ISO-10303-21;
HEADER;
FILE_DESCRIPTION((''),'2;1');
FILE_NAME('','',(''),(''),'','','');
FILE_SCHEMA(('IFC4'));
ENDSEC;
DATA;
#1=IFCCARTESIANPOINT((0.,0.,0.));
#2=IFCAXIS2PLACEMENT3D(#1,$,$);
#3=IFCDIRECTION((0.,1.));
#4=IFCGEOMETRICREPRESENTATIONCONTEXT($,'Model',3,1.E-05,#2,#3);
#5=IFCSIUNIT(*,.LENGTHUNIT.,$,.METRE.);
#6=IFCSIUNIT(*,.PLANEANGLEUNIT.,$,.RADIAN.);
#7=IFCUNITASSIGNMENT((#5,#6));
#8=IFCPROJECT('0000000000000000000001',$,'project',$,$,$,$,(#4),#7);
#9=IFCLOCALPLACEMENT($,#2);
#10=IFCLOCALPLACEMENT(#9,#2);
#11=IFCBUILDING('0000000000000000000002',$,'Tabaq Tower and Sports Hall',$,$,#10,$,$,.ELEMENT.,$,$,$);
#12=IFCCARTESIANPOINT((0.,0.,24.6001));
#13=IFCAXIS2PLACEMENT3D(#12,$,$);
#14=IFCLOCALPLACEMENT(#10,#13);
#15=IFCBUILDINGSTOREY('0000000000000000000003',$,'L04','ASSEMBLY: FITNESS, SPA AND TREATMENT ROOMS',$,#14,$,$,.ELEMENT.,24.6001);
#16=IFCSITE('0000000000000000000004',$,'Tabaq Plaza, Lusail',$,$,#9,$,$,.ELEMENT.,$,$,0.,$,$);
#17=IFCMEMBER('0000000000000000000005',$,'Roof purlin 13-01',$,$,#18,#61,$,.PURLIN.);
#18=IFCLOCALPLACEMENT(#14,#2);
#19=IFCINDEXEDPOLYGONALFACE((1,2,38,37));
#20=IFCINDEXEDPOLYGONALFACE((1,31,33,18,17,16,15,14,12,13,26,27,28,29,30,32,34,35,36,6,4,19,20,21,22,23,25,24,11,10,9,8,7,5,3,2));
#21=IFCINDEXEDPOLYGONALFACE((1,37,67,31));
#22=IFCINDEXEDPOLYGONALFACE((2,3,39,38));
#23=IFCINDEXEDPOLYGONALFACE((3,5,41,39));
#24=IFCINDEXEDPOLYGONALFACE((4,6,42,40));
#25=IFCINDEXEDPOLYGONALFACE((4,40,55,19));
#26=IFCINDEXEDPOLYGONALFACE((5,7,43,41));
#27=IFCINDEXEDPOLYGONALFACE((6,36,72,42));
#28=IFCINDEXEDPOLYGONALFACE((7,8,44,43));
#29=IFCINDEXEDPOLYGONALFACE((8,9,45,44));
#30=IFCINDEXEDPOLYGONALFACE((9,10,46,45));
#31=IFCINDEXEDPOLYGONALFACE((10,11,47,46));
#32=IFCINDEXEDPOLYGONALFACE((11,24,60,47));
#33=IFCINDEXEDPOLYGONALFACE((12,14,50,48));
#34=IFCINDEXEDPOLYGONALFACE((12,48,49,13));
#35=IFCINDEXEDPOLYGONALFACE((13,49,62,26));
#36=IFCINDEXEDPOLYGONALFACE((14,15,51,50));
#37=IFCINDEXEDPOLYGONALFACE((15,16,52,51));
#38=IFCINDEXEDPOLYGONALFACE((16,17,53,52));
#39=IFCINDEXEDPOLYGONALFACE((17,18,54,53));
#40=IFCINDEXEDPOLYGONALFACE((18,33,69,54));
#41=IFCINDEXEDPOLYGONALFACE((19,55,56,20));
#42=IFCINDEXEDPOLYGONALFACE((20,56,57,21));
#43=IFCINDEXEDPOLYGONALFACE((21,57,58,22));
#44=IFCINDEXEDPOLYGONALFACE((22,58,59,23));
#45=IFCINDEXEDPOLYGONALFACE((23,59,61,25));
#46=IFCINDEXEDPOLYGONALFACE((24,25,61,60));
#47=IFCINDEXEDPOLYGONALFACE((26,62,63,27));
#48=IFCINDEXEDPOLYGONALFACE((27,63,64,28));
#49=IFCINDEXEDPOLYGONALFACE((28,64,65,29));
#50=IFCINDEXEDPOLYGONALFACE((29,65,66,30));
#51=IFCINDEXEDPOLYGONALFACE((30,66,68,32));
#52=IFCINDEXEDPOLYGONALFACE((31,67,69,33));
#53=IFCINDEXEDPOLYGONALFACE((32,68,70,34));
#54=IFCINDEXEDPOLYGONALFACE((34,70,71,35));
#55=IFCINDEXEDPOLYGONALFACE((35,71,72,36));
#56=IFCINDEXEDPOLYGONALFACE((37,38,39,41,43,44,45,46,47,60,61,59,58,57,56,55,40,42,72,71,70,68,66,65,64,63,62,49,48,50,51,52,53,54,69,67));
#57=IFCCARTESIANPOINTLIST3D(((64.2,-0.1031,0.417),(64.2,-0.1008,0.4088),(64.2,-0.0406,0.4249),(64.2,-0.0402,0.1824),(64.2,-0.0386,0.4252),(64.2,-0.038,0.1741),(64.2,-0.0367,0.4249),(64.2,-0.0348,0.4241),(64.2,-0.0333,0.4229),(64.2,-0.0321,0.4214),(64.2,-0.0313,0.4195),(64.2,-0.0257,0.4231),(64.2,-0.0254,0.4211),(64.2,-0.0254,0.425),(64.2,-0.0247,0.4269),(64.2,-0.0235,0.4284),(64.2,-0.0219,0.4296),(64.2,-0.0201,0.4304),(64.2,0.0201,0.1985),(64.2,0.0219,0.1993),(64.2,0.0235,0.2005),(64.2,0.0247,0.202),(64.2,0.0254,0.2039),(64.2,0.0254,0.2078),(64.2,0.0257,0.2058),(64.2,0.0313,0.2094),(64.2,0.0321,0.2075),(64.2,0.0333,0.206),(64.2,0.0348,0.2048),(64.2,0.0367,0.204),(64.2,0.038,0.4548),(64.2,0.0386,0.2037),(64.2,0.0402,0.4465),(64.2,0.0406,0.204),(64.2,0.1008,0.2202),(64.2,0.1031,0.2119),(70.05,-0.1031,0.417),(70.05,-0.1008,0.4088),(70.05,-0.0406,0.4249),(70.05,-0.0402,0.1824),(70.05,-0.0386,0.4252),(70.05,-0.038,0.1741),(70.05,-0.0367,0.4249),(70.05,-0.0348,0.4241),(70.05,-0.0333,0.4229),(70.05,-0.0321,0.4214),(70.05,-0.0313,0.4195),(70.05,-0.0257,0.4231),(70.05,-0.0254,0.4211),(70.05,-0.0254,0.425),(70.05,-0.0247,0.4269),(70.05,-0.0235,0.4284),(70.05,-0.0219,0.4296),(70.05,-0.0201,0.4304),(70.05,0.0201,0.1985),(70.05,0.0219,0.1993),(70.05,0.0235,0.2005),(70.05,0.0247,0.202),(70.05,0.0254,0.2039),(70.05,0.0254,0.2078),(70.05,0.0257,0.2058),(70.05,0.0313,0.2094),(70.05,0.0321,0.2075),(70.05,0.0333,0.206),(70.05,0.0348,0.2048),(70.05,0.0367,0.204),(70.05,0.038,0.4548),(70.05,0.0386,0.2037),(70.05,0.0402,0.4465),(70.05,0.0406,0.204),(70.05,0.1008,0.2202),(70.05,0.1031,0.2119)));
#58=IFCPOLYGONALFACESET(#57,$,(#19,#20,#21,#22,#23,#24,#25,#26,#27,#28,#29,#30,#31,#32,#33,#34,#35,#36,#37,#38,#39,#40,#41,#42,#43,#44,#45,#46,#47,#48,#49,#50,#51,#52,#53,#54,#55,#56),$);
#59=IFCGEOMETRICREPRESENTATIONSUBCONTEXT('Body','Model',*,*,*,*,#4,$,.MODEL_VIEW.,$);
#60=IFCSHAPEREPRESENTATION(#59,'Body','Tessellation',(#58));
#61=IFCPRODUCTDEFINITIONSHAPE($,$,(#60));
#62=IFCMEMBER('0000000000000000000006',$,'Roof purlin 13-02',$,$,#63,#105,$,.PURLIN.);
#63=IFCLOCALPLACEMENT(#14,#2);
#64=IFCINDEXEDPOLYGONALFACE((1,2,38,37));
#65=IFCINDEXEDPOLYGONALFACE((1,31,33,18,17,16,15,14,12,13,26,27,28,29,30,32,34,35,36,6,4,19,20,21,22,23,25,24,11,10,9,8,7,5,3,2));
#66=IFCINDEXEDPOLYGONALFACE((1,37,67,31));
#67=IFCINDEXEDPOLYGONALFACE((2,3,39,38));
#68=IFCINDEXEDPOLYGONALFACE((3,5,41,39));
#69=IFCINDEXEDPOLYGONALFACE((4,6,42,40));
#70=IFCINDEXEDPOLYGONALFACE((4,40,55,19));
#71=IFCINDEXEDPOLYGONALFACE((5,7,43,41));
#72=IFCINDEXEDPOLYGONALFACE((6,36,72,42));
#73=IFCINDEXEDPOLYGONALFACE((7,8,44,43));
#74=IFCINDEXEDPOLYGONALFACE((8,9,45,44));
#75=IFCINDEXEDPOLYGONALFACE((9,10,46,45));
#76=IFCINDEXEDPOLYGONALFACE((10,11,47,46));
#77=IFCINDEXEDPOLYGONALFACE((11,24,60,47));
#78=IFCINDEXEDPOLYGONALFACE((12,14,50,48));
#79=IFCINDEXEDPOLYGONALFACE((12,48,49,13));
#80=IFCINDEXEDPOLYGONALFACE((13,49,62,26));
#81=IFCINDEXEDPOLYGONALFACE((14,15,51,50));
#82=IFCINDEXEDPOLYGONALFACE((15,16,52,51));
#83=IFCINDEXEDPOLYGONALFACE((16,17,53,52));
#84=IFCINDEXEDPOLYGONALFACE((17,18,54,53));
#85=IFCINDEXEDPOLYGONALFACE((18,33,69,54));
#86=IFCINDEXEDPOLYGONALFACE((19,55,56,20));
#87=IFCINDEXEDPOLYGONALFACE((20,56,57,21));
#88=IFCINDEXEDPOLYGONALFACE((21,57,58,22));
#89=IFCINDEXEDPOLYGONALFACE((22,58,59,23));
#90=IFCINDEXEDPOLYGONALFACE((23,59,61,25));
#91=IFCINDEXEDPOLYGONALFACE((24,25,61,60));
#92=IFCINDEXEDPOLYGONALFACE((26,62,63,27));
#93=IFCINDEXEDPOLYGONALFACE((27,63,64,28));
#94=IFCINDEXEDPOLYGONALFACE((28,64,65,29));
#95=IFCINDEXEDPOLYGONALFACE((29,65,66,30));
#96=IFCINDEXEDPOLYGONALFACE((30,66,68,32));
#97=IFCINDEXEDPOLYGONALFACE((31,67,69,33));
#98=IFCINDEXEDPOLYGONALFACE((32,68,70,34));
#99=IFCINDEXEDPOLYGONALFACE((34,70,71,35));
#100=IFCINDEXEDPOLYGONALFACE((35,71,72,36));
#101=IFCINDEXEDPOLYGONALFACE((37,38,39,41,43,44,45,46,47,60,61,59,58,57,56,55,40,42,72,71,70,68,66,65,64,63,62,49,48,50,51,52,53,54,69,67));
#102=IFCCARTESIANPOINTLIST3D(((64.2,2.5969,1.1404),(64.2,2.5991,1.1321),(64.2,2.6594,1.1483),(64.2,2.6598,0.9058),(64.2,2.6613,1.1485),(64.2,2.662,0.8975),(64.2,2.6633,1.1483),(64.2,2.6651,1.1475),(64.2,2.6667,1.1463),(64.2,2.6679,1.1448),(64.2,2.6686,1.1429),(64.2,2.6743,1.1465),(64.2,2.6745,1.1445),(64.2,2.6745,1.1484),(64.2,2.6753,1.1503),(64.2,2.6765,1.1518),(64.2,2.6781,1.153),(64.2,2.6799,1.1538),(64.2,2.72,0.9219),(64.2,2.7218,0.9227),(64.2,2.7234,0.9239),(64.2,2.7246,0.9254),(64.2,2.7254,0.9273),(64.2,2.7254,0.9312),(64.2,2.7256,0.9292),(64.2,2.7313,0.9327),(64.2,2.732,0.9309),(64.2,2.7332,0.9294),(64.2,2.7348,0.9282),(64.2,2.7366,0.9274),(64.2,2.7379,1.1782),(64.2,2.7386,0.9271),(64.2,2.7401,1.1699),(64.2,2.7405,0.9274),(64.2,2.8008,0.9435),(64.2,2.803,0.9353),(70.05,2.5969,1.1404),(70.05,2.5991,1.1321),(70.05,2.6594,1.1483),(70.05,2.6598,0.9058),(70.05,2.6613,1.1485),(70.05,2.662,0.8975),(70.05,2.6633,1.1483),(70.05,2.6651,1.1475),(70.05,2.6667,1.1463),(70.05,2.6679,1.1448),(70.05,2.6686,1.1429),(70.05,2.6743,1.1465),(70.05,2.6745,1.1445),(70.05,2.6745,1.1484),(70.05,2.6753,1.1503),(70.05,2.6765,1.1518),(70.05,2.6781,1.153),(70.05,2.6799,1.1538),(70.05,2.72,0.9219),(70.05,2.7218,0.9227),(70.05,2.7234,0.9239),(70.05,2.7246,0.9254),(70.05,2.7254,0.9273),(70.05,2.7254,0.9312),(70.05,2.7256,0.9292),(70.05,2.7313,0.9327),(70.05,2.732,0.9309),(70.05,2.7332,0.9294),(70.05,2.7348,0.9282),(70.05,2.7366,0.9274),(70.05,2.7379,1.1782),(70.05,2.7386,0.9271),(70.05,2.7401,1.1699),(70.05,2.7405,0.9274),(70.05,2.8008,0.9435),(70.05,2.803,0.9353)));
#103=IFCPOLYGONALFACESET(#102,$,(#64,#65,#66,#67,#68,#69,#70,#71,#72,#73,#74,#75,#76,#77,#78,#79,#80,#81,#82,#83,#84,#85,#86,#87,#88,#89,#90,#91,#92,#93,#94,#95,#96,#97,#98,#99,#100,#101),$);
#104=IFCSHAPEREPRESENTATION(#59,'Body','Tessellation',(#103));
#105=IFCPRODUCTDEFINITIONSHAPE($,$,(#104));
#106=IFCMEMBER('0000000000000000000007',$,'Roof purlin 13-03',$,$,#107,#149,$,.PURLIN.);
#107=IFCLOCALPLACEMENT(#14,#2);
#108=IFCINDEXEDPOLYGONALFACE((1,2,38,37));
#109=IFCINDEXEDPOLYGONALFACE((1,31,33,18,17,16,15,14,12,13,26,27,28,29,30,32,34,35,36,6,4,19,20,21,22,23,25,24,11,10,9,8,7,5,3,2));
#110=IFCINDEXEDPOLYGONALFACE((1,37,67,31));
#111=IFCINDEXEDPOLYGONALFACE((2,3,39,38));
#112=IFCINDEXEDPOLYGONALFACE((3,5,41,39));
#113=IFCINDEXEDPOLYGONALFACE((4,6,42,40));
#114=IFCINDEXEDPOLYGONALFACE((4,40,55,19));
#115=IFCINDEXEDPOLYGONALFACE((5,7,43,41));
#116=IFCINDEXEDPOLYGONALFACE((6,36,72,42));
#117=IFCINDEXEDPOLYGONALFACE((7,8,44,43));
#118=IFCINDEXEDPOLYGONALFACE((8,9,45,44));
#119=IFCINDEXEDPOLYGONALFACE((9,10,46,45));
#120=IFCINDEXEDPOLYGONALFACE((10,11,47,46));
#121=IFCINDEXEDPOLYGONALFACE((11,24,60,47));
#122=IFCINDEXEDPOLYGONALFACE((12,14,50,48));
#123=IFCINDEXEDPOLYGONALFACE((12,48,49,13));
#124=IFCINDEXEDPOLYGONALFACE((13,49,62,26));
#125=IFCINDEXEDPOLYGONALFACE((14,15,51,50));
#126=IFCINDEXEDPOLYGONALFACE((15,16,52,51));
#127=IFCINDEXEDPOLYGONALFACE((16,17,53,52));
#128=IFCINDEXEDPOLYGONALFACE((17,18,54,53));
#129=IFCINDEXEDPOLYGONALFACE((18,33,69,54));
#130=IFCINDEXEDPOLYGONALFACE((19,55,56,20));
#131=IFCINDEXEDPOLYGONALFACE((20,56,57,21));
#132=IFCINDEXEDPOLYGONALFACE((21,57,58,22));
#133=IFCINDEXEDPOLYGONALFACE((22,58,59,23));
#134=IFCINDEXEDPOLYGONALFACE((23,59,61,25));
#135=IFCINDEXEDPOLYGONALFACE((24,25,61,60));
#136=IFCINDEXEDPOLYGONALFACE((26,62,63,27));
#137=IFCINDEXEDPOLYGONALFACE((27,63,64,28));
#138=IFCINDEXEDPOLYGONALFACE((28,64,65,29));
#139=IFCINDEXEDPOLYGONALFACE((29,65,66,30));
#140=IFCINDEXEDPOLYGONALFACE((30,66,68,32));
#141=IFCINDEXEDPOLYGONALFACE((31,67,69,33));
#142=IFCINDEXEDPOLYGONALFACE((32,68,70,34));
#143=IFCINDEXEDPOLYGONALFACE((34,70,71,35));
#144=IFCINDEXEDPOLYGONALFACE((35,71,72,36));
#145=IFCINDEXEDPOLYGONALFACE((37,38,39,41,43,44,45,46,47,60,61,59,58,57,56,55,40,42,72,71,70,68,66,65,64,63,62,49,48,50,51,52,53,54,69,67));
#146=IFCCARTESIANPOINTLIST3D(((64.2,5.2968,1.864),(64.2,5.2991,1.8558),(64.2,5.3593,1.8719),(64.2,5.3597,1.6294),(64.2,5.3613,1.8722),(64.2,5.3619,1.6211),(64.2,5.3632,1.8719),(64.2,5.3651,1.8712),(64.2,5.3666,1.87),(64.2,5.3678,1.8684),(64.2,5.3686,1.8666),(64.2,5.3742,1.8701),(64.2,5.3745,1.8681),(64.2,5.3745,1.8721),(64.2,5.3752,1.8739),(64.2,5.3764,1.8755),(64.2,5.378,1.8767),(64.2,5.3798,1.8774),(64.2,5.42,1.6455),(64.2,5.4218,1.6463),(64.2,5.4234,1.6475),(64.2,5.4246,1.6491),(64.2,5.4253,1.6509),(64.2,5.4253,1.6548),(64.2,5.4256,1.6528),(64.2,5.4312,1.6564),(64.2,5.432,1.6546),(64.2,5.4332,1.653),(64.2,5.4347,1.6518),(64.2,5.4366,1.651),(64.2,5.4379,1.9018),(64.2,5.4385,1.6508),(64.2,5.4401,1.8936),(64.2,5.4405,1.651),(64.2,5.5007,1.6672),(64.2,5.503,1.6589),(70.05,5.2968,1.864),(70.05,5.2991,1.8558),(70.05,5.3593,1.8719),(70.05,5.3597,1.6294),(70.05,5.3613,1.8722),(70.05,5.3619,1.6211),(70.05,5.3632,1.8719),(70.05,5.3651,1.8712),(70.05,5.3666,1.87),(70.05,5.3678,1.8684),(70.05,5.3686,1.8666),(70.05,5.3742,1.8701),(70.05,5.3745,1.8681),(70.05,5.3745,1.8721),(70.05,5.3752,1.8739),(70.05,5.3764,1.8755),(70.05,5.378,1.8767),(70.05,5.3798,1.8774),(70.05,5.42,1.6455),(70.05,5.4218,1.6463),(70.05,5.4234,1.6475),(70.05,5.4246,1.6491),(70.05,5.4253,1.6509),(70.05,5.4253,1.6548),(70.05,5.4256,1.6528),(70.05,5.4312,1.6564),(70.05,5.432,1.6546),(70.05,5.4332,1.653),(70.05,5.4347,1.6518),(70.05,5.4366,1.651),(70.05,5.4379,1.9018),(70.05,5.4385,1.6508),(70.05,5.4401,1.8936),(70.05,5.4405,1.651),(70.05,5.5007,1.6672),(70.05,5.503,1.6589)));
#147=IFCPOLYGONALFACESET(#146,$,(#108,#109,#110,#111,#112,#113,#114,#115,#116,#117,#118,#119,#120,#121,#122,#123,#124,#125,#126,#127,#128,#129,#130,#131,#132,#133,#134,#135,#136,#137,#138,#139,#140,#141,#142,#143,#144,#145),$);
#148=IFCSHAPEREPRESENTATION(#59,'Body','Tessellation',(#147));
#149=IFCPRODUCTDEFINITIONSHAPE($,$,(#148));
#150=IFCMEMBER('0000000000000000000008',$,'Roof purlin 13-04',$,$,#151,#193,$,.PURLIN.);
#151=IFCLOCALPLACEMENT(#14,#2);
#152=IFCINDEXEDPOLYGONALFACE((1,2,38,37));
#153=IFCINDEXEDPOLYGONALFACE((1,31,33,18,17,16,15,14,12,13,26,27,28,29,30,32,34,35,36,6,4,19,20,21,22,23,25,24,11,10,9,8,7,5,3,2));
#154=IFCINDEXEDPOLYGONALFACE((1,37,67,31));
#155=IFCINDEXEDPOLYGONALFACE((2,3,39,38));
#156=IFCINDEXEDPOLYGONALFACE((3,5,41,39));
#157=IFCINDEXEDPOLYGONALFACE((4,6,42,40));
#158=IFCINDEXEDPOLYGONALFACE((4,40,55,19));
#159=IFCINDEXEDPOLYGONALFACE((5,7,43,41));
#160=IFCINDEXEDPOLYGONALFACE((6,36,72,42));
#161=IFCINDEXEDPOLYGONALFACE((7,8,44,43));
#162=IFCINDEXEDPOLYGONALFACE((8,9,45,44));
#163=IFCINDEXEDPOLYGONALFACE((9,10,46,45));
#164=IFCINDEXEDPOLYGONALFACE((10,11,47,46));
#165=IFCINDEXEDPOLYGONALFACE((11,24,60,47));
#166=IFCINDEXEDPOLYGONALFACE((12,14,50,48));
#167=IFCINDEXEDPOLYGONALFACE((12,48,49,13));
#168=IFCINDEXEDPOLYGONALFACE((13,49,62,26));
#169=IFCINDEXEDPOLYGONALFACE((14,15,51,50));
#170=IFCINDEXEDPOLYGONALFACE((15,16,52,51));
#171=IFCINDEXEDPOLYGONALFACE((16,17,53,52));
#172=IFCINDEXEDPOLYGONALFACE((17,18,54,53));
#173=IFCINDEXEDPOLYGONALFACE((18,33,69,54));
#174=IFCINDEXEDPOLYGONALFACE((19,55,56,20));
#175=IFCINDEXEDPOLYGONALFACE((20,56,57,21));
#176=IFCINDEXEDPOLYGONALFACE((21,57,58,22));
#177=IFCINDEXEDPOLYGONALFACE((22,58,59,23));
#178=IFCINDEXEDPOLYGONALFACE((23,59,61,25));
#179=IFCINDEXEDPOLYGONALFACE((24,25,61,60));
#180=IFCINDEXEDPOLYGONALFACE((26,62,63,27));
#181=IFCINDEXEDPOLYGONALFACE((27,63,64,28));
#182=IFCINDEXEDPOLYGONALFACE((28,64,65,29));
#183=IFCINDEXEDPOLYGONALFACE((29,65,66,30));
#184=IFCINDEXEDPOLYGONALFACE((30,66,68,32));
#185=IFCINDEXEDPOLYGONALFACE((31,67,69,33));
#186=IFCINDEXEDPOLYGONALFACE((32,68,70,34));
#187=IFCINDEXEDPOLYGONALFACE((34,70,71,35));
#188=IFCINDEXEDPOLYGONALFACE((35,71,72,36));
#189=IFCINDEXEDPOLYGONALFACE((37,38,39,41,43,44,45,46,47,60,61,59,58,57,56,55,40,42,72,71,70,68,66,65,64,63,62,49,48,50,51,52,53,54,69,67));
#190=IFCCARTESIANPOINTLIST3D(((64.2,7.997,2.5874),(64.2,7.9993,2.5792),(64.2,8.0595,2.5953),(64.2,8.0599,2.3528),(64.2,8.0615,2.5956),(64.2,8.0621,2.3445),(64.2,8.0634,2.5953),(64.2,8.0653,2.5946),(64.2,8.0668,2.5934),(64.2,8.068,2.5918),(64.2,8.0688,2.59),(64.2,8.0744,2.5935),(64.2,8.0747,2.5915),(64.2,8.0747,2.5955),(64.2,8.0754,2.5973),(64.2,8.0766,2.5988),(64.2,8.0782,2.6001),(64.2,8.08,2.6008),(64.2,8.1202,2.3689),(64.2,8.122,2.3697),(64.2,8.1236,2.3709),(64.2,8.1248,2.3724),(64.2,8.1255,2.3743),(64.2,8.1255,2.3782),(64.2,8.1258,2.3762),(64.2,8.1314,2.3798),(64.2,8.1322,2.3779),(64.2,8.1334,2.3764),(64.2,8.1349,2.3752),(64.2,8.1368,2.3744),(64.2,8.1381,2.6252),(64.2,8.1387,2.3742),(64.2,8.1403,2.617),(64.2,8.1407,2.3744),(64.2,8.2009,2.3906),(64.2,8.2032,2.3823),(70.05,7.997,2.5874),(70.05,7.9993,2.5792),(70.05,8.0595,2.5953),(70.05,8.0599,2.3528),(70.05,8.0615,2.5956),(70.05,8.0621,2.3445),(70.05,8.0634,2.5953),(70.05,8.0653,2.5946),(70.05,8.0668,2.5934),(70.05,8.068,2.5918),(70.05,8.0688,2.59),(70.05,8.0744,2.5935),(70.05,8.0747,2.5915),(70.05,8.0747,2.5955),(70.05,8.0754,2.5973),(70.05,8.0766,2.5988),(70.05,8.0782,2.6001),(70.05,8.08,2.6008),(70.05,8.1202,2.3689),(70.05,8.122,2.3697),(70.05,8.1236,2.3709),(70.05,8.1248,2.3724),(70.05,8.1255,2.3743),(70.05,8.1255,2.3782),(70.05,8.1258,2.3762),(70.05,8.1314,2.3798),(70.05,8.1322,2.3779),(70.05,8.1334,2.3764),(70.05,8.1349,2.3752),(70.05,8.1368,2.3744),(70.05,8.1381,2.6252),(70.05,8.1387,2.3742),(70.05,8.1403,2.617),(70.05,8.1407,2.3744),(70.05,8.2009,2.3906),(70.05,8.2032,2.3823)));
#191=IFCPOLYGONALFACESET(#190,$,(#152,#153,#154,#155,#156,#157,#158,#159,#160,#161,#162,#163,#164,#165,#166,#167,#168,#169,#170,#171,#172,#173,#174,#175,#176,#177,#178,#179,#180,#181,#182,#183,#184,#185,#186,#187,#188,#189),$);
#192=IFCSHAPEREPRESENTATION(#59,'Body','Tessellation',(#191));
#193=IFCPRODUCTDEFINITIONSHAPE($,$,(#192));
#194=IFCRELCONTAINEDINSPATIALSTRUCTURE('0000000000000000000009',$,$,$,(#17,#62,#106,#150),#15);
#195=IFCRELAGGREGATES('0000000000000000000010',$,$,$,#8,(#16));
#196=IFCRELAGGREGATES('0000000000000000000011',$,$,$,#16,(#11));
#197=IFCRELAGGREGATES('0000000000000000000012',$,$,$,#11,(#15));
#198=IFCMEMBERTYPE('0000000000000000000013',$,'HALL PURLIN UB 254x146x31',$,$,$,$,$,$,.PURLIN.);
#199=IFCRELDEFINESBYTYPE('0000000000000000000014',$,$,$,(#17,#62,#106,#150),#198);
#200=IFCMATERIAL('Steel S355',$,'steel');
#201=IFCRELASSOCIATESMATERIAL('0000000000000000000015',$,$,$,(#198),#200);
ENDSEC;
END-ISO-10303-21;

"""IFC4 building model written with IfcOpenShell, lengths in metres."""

from ifc_helpers import new_model, si_unit, direction, frame, origin, origin_2d, place, context, subcontext, project, spatial, i_section, extrude, material, material_profile, profile_set, type_object, element, save


model = new_model("IFC4")

# Units and contexts
model_context = context("Model", 3, precision=1e-05, world=origin(), true_north=direction((0.0, 1.0)))
body_context = subcontext(model_context, "Body", "Model", "MODEL_VIEW")
ifc_project = project(units=[si_unit("LENGTHUNIT", "METRE"), si_unit("PLANEANGLEUNIT", "RADIAN")], contexts=[model_context])

# Site, building, storey
site_placement = place(None, origin())
site = spatial("IfcSite", under=ifc_project, at=site_placement, Name="Tabaq Plaza, Lusail", CompositionType="ELEMENT", RefElevation=0.0)
building_placement = place(site_placement, origin())
building = spatial("IfcBuilding", under=site, at=building_placement, Name="Tabaq Tower and Sports Hall", CompositionType="ELEMENT")
storey_placement = place(building_placement, frame((0.0, 0.0, 24.6001)))
storey = spatial("IfcBuildingStorey", under=building, at=storey_placement, Name="L04", Description="ASSEMBLY: FITNESS, SPA AND TREATMENT ROOMS", CompositionType="ELEMENT", Elevation=24.6001)

# Members
ifc_material_1 = material(Name="Steel S355", Category="steel")
ifc_material_profile_1 = material_profile(ifc_material_1, i_section(OverallWidth=0.146, OverallDepth=0.2515, WebThickness=0.0061, FlangeThickness=0.0085, FilletRadius=0.0076, at=origin_2d()), Name="UB 254x146x31")
ifc_profile_set_1 = profile_set([ifc_material_profile_1], Name="Steel S355")
member_type_1 = type_object("IfcMemberType", Name="HALL PURLIN UB 254x146x31", PredefinedType="PURLIN", material=ifc_profile_set_1)
for number, where, z_axis, x_axis, name in (
    (1, (64.2, 0.0, 0.3145), (1.0, 0.0, 0.0), (0.0, 0.965926, 0.258819), "Roof purlin 13-01"),
    (2, (64.2, 2.7, 1.0378), (1.0, 0.0, 0.0), (0.0, 0.965926, 0.258819), "Roof purlin 13-02"),
    (3, (64.2, 5.3999, 1.7615), (1.0, 0.0, 0.0), (0.0, 0.965926, 0.258819), "Roof purlin 13-03"),
    (4, (64.2, 8.1001, 2.4849), (1.0, 0.0, 0.0), (0.0, 0.965926, 0.258819), "Roof purlin 13-04"),
):
    element("IfcMember", number, at=place(storey_placement, frame(where, z_axis=z_axis, x_axis=x_axis)), inside=storey, type_object=member_type_1, Name=name, PredefinedType="PURLIN", context=body_context, shape_type="SweptSolid", body=[
        extrude(i_section(OverallWidth=0.146, OverallDepth=0.2515, WebThickness=0.0061, FlangeThickness=0.0085, FilletRadius=0.0076, at=origin_2d()), origin(), (0.0, 0.0, 1.0), 5.8501),
    ])

save(model, "model.ifc")
